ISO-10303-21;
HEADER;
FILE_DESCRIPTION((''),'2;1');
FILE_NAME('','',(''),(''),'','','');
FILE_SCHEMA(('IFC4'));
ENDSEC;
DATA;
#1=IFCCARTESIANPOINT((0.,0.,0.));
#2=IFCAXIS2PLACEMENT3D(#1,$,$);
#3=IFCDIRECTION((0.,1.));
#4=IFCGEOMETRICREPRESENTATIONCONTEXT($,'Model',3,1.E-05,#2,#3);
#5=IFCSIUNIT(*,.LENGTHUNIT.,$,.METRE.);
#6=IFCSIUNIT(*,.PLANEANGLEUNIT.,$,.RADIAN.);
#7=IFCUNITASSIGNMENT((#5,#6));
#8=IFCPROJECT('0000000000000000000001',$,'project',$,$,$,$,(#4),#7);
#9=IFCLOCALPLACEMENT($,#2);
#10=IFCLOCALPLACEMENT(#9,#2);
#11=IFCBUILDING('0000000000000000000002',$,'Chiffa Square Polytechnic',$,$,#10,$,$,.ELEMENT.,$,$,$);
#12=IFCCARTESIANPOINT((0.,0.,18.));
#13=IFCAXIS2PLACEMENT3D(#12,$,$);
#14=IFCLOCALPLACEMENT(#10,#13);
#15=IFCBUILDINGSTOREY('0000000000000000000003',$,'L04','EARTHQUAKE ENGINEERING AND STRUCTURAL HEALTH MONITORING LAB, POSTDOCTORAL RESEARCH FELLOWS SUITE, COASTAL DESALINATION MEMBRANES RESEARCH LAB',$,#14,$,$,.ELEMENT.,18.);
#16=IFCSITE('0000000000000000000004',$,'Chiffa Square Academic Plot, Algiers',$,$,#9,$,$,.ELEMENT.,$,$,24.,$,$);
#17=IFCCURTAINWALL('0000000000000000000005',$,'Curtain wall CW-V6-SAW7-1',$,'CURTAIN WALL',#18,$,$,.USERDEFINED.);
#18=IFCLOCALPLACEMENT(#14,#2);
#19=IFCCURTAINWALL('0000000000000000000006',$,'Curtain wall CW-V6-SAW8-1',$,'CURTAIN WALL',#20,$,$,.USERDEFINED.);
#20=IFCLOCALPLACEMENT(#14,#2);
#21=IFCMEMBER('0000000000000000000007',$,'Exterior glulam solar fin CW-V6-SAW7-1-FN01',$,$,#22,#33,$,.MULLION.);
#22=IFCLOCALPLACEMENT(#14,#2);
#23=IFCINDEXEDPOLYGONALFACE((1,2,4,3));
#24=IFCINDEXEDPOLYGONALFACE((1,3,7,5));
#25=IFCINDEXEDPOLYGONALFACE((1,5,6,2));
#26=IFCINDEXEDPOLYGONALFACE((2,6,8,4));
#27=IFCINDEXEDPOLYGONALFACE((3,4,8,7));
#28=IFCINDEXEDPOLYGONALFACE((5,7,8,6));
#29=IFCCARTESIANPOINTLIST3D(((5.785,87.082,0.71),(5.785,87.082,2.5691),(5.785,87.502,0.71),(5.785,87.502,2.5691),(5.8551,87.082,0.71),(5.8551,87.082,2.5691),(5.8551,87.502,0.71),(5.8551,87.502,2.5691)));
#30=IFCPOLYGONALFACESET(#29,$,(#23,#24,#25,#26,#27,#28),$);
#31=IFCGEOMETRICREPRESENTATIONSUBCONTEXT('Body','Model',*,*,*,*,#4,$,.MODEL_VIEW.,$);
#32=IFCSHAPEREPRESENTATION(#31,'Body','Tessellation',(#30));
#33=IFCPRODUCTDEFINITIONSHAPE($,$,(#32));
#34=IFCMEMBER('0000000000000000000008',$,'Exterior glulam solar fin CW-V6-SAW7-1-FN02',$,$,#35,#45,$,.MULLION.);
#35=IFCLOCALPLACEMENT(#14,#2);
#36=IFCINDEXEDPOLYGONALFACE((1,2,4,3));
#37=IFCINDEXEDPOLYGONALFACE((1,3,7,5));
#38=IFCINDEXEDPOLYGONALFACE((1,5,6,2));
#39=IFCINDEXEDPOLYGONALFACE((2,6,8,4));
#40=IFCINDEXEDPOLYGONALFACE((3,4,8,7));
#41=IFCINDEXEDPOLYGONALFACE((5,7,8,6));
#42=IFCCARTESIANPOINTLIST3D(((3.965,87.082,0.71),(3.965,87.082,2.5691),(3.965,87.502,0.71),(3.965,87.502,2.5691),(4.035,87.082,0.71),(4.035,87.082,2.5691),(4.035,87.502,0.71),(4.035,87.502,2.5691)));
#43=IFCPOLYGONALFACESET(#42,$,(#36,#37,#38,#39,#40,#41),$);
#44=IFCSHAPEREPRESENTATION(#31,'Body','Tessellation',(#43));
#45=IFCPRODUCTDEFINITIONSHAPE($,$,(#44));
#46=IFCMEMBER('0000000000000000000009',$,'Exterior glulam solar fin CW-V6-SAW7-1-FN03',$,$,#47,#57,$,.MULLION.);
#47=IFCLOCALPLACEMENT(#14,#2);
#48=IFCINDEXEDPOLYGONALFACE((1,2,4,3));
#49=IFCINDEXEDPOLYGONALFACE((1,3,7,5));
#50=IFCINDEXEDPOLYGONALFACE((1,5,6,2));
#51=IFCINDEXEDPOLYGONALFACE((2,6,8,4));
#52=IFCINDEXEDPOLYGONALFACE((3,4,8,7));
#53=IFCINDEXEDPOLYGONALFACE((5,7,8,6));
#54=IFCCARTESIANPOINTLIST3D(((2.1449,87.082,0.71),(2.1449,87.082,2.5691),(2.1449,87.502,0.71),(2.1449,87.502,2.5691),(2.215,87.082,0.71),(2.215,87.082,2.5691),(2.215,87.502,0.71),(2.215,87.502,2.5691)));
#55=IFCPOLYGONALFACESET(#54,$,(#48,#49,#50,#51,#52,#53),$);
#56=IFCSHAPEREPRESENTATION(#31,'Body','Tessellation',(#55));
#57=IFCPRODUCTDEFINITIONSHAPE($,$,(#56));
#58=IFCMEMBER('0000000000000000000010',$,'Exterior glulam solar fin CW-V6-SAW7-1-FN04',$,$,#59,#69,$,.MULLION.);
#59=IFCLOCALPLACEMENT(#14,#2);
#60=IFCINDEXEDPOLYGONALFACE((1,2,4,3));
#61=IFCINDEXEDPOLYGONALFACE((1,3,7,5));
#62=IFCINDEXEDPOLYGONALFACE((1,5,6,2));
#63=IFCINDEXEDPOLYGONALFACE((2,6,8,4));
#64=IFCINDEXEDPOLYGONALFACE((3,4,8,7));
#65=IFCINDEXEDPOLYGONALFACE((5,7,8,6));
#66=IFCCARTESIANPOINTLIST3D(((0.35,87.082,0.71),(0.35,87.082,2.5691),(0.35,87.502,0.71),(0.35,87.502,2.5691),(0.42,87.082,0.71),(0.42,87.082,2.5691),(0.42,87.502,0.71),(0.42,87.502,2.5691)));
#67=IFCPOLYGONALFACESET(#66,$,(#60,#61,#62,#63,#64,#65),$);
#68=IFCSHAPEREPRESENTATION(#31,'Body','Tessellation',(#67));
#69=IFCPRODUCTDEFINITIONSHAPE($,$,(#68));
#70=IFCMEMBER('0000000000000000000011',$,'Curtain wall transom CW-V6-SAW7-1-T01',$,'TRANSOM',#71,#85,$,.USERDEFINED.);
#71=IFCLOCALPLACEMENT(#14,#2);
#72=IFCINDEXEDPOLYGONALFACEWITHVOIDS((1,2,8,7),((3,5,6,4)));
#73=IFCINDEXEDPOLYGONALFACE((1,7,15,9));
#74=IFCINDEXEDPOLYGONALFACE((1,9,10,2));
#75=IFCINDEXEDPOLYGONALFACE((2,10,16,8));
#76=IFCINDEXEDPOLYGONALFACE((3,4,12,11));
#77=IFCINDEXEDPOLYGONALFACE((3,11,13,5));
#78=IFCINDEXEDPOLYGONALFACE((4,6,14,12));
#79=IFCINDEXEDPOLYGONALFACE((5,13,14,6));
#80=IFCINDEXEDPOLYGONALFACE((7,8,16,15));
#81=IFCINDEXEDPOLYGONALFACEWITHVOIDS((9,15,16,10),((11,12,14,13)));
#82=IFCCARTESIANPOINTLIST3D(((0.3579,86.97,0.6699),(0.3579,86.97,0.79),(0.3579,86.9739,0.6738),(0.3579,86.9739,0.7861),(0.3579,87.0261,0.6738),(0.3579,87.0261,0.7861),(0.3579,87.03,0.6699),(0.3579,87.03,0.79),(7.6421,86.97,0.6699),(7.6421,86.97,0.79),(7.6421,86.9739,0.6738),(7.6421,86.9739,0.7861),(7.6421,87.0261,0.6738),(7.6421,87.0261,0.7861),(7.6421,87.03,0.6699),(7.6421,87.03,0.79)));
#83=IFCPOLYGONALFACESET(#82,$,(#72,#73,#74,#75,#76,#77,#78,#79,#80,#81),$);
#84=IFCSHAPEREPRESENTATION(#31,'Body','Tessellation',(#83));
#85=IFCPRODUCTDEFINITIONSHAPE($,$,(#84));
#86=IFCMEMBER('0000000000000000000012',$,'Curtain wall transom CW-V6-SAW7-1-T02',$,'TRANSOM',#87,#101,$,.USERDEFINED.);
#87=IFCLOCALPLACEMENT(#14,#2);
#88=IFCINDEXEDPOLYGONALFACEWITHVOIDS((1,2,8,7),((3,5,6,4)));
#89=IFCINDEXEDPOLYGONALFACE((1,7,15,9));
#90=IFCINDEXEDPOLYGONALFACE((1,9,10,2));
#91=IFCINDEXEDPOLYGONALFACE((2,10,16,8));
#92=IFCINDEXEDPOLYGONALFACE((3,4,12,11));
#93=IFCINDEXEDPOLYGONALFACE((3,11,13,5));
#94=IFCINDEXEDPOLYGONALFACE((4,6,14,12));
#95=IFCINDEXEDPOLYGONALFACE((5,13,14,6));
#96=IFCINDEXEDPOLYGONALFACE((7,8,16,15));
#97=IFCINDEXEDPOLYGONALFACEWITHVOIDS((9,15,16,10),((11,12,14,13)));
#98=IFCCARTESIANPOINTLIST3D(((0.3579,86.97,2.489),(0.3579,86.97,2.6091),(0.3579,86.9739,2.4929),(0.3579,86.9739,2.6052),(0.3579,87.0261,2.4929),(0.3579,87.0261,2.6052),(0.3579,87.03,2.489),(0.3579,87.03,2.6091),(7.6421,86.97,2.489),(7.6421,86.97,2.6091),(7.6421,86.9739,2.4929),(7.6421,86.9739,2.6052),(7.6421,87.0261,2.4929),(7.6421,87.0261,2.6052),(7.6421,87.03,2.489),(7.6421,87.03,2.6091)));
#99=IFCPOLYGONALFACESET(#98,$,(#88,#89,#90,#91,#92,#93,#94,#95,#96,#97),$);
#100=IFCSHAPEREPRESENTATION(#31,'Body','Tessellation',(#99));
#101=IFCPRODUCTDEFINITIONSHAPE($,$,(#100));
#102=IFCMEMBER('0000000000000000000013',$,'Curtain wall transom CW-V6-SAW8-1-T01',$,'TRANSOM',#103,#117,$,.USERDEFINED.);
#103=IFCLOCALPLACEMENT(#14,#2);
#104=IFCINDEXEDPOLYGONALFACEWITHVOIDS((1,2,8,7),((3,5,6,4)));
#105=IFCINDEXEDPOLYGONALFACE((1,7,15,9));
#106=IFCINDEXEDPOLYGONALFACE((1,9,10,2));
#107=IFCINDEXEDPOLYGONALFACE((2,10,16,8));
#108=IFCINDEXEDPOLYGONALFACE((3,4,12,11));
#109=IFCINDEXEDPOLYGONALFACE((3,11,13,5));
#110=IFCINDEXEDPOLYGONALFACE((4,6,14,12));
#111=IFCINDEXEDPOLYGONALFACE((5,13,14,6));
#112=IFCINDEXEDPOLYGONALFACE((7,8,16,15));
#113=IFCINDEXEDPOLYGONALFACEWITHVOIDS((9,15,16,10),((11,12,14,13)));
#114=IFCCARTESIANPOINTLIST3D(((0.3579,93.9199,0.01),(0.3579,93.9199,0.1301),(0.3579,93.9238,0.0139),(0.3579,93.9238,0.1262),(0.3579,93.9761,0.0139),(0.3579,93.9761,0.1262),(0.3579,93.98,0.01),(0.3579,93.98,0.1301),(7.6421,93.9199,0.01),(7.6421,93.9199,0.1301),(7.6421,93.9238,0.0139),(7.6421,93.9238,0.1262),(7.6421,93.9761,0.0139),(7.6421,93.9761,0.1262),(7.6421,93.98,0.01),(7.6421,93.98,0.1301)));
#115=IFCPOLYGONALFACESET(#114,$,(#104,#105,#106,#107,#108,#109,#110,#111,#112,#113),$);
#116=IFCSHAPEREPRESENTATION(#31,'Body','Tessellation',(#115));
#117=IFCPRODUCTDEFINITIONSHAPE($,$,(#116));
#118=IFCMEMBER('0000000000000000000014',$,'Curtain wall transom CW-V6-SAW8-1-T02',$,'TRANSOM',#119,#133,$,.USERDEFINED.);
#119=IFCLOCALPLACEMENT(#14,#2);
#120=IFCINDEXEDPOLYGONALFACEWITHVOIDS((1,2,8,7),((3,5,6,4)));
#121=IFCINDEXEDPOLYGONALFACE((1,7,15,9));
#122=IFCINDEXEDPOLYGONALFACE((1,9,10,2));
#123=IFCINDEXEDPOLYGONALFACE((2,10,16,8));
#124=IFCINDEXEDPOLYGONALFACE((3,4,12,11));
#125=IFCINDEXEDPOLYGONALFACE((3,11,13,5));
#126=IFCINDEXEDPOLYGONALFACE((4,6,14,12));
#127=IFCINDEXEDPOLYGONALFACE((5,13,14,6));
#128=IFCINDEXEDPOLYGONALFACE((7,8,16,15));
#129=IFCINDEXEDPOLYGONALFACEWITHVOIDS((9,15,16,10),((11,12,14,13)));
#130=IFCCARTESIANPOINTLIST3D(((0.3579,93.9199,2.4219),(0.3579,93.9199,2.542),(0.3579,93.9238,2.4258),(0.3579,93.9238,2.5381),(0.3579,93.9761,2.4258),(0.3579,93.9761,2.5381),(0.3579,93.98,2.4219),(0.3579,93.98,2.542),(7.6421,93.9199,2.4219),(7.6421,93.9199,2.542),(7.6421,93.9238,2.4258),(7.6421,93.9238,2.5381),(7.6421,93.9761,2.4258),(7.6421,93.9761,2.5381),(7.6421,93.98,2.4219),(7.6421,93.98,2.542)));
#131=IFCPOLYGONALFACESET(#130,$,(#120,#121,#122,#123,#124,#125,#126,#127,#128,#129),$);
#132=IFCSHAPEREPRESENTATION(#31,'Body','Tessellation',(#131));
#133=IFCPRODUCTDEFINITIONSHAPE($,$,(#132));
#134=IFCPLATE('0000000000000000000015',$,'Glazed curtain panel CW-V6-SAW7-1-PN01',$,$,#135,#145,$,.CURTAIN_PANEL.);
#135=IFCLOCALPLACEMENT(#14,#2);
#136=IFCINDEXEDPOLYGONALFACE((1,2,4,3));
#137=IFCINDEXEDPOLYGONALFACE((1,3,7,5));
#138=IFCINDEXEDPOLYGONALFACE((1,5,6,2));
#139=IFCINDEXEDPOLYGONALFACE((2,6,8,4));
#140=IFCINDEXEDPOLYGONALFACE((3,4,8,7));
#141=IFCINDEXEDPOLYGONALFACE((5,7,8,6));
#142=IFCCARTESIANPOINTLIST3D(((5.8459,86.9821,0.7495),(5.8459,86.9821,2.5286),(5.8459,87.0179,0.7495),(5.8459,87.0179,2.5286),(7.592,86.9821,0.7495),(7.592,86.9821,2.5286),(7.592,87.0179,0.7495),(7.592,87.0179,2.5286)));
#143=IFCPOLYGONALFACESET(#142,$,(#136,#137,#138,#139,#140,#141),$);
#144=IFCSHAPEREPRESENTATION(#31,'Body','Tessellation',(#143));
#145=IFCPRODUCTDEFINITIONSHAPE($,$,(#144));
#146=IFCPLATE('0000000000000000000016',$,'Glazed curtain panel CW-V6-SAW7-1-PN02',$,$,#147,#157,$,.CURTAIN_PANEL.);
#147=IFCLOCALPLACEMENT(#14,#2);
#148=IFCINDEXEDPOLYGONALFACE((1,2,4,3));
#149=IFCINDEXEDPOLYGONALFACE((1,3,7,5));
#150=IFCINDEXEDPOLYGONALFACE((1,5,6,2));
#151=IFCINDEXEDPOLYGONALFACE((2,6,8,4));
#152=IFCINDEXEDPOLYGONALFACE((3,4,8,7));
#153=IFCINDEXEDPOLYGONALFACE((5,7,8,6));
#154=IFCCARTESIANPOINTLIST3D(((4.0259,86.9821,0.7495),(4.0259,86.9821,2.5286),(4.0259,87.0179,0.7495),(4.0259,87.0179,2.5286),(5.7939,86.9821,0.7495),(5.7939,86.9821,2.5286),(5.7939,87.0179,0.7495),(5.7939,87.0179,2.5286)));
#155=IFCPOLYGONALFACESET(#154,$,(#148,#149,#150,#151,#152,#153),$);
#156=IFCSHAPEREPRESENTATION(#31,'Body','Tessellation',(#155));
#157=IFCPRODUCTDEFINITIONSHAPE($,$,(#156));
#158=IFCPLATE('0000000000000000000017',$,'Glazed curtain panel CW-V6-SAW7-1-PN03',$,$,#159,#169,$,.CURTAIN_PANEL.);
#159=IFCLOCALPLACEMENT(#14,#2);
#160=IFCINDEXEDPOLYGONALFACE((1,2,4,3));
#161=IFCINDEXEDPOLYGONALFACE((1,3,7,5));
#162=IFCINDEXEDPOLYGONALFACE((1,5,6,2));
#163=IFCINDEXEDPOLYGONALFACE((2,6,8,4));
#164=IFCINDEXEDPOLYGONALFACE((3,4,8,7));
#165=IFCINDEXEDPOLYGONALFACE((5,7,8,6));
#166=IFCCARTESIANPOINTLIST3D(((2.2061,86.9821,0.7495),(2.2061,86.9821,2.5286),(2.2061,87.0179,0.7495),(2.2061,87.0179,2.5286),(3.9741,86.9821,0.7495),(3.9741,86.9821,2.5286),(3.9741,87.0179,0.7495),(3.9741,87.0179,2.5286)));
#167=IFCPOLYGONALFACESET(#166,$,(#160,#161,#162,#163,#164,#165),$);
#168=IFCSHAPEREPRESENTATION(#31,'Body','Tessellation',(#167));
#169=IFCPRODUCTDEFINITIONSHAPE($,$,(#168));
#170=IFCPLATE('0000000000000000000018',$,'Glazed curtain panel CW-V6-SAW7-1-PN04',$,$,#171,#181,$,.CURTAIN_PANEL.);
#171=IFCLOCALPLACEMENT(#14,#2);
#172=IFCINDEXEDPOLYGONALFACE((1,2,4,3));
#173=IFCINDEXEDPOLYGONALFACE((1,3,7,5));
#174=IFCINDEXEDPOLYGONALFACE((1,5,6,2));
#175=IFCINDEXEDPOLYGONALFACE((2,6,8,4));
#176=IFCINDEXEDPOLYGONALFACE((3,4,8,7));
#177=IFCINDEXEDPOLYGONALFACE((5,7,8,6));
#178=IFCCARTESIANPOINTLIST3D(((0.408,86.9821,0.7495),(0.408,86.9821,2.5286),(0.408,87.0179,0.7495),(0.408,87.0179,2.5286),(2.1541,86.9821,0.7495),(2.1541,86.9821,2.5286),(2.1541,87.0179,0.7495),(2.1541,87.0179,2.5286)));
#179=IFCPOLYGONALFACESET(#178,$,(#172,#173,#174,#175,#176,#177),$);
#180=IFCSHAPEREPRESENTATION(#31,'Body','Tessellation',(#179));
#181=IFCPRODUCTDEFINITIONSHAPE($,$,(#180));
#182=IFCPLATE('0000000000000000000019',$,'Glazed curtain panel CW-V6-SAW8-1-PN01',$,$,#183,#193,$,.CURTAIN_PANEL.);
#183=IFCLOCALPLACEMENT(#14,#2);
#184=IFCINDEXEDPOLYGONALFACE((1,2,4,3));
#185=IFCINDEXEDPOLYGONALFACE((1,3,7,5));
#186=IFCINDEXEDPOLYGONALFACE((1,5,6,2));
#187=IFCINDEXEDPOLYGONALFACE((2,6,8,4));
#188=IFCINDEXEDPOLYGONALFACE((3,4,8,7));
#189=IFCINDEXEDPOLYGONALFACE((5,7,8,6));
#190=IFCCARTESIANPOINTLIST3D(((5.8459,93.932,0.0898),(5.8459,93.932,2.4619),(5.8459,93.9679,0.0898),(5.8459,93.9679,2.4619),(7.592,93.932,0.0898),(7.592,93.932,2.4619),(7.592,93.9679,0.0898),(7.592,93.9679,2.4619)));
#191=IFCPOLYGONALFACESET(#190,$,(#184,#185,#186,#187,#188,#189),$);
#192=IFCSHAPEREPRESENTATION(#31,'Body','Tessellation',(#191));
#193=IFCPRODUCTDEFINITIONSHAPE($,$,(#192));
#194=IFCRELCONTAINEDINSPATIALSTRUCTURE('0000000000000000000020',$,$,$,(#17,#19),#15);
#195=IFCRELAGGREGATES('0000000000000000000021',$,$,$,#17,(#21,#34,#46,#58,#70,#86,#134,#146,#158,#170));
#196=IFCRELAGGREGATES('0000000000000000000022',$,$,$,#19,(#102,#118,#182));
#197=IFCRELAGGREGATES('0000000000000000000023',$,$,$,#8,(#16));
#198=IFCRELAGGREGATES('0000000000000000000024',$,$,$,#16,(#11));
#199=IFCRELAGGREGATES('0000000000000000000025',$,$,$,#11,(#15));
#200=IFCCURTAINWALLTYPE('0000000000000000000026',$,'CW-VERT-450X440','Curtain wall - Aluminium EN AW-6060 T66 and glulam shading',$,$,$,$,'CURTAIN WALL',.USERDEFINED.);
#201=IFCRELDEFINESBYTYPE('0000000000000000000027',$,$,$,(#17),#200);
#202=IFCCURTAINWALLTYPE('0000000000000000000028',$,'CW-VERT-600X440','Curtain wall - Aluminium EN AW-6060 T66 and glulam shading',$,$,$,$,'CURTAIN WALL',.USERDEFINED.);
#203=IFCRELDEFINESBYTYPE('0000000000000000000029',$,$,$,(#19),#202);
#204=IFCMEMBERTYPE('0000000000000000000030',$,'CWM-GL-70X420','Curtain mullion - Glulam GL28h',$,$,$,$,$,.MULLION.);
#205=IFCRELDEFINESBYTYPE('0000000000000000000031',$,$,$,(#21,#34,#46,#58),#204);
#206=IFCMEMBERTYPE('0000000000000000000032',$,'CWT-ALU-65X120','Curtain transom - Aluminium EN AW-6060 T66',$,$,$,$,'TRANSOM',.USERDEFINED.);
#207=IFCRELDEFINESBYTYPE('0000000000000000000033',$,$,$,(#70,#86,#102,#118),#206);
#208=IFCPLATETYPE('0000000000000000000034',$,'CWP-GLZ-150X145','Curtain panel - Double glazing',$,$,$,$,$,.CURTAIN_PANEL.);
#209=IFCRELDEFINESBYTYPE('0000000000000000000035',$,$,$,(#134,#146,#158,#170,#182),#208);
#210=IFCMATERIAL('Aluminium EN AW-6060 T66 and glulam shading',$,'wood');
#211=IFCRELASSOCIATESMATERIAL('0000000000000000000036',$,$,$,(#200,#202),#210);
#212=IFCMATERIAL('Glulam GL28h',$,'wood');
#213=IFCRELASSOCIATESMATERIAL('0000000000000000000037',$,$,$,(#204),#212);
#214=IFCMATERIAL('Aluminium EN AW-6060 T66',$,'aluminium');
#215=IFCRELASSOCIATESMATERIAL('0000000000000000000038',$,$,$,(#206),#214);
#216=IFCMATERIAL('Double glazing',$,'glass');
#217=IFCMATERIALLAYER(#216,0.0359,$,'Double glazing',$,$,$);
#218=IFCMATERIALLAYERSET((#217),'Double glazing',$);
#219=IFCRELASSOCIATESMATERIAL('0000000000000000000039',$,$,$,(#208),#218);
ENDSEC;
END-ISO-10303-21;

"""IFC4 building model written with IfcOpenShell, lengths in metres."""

from ifc_helpers import new_model, si_unit, direction, frame, origin, origin_2d, place, context, subcontext, project, spatial, rectangle, hollow_rectangle, extrude, material, layer, layer_set, material_profile, profile_set, type_object, element, aggregate, save


model = new_model("IFC4")

# Units and contexts
model_context = context("Model", 3, precision=1e-05, world=origin(), true_north=direction((0.0, 1.0)))
body_context = subcontext(model_context, "Body", "Model", "MODEL_VIEW")
ifc_project = project(units=[si_unit("LENGTHUNIT", "METRE"), si_unit("PLANEANGLEUNIT", "RADIAN")], contexts=[model_context])

# Site, building, storey
site_placement = place(None, origin())
site = spatial("IfcSite", under=ifc_project, at=site_placement, Name="Chiffa Square Academic Plot, Algiers", CompositionType="ELEMENT", RefElevation=24.0)
building_placement = place(site_placement, origin())
building = spatial("IfcBuilding", under=site, at=building_placement, Name="Chiffa Square Polytechnic", CompositionType="ELEMENT")
storey_placement = place(building_placement, frame((0.0, 0.0, 18.0)))
storey = spatial("IfcBuildingStorey", under=building, at=storey_placement, Name="L04", Description="EARTHQUAKE ENGINEERING AND STRUCTURAL HEALTH MONITORING LAB, POSTDOCTORAL RESEARCH FELLOWS SUITE, COASTAL DESALINATION MEMBRANES RESEARCH LAB", CompositionType="ELEMENT", Elevation=18.0)

# Curtain walls
ifc_material_1 = material(Name="Aluminium EN AW-6060 T66 and glulam shading", Category="wood")
curtain_wall_type_1 = type_object("IfcCurtainWallType", Name="CW-VERT-450X440", Description="Curtain wall - Aluminium EN AW-6060 T66 and glulam shading", ElementType="CURTAIN WALL", PredefinedType="USERDEFINED", material=ifc_material_1)
curtain_wall_1_placement = place(storey_placement, origin())
curtain_wall_1 = element("IfcCurtainWall", 1, at=curtain_wall_1_placement, inside=storey, type_object=curtain_wall_type_1, Name="Curtain wall CW-V6-SAW7-1", ObjectType="CURTAIN WALL", PredefinedType="USERDEFINED")
ifc_material_2 = material(Name="Aluminium EN AW-6060 T66", Category="aluminium")
curtain_wall_type_2 = type_object("IfcCurtainWallType", Name="CW-VERT-600X440", Description="Curtain wall - Aluminium EN AW-6060 T66 and glulam shading", ElementType="CURTAIN WALL", PredefinedType="USERDEFINED", material=ifc_material_1)
curtain_wall_2_placement = place(storey_placement, origin())
curtain_wall_2 = element("IfcCurtainWall", 2, at=curtain_wall_2_placement, inside=storey, type_object=curtain_wall_type_2, Name="Curtain wall CW-V6-SAW8-1", ObjectType="CURTAIN WALL", PredefinedType="USERDEFINED")

# Members
ifc_material_3 = material(Name="Glulam GL28h", Category="wood")
ifc_material_profile_1 = material_profile(ifc_material_3, rectangle(XDim=0.0701, YDim=0.4199, at=origin_2d()), Name="GL28h 70x420")
ifc_profile_set_1 = profile_set([ifc_material_profile_1], Name="Glulam GL28h")
member_type_1 = type_object("IfcMemberType", Name="CWM-GL-70X420", Description="Curtain mullion - Glulam GL28h", PredefinedType="MULLION", material=ifc_profile_set_1)
member_1_placement = place(storey_placement, frame((5.8201, 87.292, 0.71), z_axis=(0.0, 0.0, 1.0), x_axis=(-1.0, 0.0, 0.0)))
member_1 = element("IfcMember", 3, at=member_1_placement, type_object=member_type_1, Name="Exterior glulam solar fin CW-V6-SAW7-1-FN01", PredefinedType="MULLION", context=body_context, shape_type="SweptSolid", body=[
    extrude(rectangle(XDim=0.0701, YDim=0.4199, at=origin_2d()), origin(), (0.0, 0.0, 1.0), 1.8591),
])
member_2_placement = place(storey_placement, frame((4.0, 87.292, 0.71), z_axis=(0.0, 0.0, 1.0), x_axis=(-1.0, 0.0, 0.0)))
member_2 = element("IfcMember", 4, at=member_2_placement, type_object=member_type_1, Name="Exterior glulam solar fin CW-V6-SAW7-1-FN02", PredefinedType="MULLION", context=body_context, shape_type="SweptSolid", body=[
    extrude(rectangle(XDim=0.0701, YDim=0.4199, at=origin_2d()), origin(), (0.0, 0.0, 1.0), 1.8591),
])
member_3_placement = place(storey_placement, frame((2.1799, 87.292, 0.71), z_axis=(0.0, 0.0, 1.0), x_axis=(-1.0, 0.0, 0.0)))
member_3 = element("IfcMember", 5, at=member_3_placement, type_object=member_type_1, Name="Exterior glulam solar fin CW-V6-SAW7-1-FN03", PredefinedType="MULLION", context=body_context, shape_type="SweptSolid", body=[
    extrude(rectangle(XDim=0.0701, YDim=0.4199, at=origin_2d()), origin(), (0.0, 0.0, 1.0), 1.8591),
])
member_4_placement = place(storey_placement, frame((0.385, 87.292, 0.71), z_axis=(0.0, 0.0, 1.0), x_axis=(-1.0, 0.0, 0.0)))
member_4 = element("IfcMember", 6, at=member_4_placement, type_object=member_type_1, Name="Exterior glulam solar fin CW-V6-SAW7-1-FN04", PredefinedType="MULLION", context=body_context, shape_type="SweptSolid", body=[
    extrude(rectangle(XDim=0.0701, YDim=0.4199, at=origin_2d()), origin(), (0.0, 0.0, 1.0), 1.8591),
])
ifc_material_profile_2 = material_profile(ifc_material_2, hollow_rectangle(XDim=0.0601, YDim=0.1201, WallThickness=0.0039, at=origin_2d()), Name="ALU 60x120x4")
ifc_profile_set_2 = profile_set([ifc_material_profile_2], Name="Aluminium EN AW-6060 T66")
member_type_2 = type_object("IfcMemberType", Name="CWT-ALU-65X120", Description="Curtain transom - Aluminium EN AW-6060 T66", ElementType="TRANSOM", PredefinedType="USERDEFINED", material=ifc_profile_set_2)
member_5_placement = place(storey_placement, frame((7.6421, 87.0, 0.73), z_axis=(-1.0, 0.0, 0.0), x_axis=(0.0, -1.0, 0.0)))
member_5 = element("IfcMember", 7, at=member_5_placement, type_object=member_type_2, Name="Curtain wall transom CW-V6-SAW7-1-T01", ObjectType="TRANSOM", PredefinedType="USERDEFINED", context=body_context, shape_type="SweptSolid", body=[
    extrude(hollow_rectangle(XDim=0.0601, YDim=0.1201, WallThickness=0.0039, at=origin_2d()), origin(), (0.0, 0.0, 1.0), 7.2842),
])
member_6_placement = place(storey_placement, frame((7.6421, 87.0, 2.5491), z_axis=(-1.0, 0.0, 0.0), x_axis=(0.0, -1.0, 0.0)))
member_6 = element("IfcMember", 8, at=member_6_placement, type_object=member_type_2, Name="Curtain wall transom CW-V6-SAW7-1-T02", ObjectType="TRANSOM", PredefinedType="USERDEFINED", context=body_context, shape_type="SweptSolid", body=[
    extrude(hollow_rectangle(XDim=0.0601, YDim=0.1201, WallThickness=0.0039, at=origin_2d()), origin(), (0.0, 0.0, 1.0), 7.2842),
])
member_7_placement = place(storey_placement, frame((7.6421, 93.95, 0.0701), z_axis=(-1.0, 0.0, 0.0), x_axis=(0.0, -1.0, 0.0)))
member_7 = element("IfcMember", 9, at=member_7_placement, type_object=member_type_2, Name="Curtain wall transom CW-V6-SAW8-1-T01", ObjectType="TRANSOM", PredefinedType="USERDEFINED", context=body_context, shape_type="SweptSolid", body=[
    extrude(hollow_rectangle(XDim=0.0601, YDim=0.1201, WallThickness=0.0039, at=origin_2d()), origin(), (0.0, 0.0, 1.0), 7.2842),
])
member_8_placement = place(storey_placement, frame((7.6421, 93.95, 2.4819), z_axis=(-1.0, 0.0, 0.0), x_axis=(0.0, -1.0, 0.0)))
member_8 = element("IfcMember", 10, at=member_8_placement, type_object=member_type_2, Name="Curtain wall transom CW-V6-SAW8-1-T02", ObjectType="TRANSOM", PredefinedType="USERDEFINED", context=body_context, shape_type="SweptSolid", body=[
    extrude(hollow_rectangle(XDim=0.0601, YDim=0.1201, WallThickness=0.0039, at=origin_2d()), origin(), (0.0, 0.0, 1.0), 7.2842),
])

# Plates
ifc_material_4 = material(Name="Double glazing", Category="glass")
ifc_layer_1 = layer(ifc_material_4, 0.0359, Name="Double glazing")
ifc_layer_set_1 = layer_set([ifc_layer_1], Name="Double glazing")
plate_type = type_object("IfcPlateType", Name="CWP-GLZ-150X145", Description="Curtain panel - Double glazing", PredefinedType="CURTAIN_PANEL", material=ifc_layer_set_1)
plate_1_placement = place(storey_placement, frame((6.719, 87.0, 0.7495), z_axis=(0.0, 0.0, 1.0), x_axis=(-1.0, 0.0, 0.0)))
plate_1 = element("IfcPlate", 11, at=plate_1_placement, type_object=plate_type, Name="Glazed curtain panel CW-V6-SAW7-1-PN01", PredefinedType="CURTAIN_PANEL", context=body_context, shape_type="SweptSolid", body=[
    extrude(rectangle(XDim=1.7461, YDim=0.0359, at=origin_2d()), origin(), (0.0, 0.0, 1.0), 1.7791),
])
plate_2_placement = place(storey_placement, frame((4.9099, 87.0, 0.7495), z_axis=(0.0, 0.0, 1.0), x_axis=(-1.0, 0.0, 0.0)))
plate_2 = element("IfcPlate", 12, at=plate_2_placement, type_object=plate_type, Name="Glazed curtain panel CW-V6-SAW7-1-PN02", PredefinedType="CURTAIN_PANEL", context=body_context, shape_type="SweptSolid", body=[
    extrude(rectangle(XDim=1.7681, YDim=0.0359, at=origin_2d()), origin(), (0.0, 0.0, 1.0), 1.7791),
])
plate_3_placement = place(storey_placement, frame((3.0901, 87.0, 0.7495), z_axis=(0.0, 0.0, 1.0), x_axis=(-1.0, 0.0, 0.0)))
plate_3 = element("IfcPlate", 13, at=plate_3_placement, type_object=plate_type, Name="Glazed curtain panel CW-V6-SAW7-1-PN03", PredefinedType="CURTAIN_PANEL", context=body_context, shape_type="SweptSolid", body=[
    extrude(rectangle(XDim=1.7681, YDim=0.0359, at=origin_2d()), origin(), (0.0, 0.0, 1.0), 1.7791),
])
plate_4_placement = place(storey_placement, frame((1.281, 87.0, 0.7495), z_axis=(0.0, 0.0, 1.0), x_axis=(-1.0, 0.0, 0.0)))
plate_4 = element("IfcPlate", 14, at=plate_4_placement, type_object=plate_type, Name="Glazed curtain panel CW-V6-SAW7-1-PN04", PredefinedType="CURTAIN_PANEL", context=body_context, shape_type="SweptSolid", body=[
    extrude(rectangle(XDim=1.7461, YDim=0.0359, at=origin_2d()), origin(), (0.0, 0.0, 1.0), 1.7791),
])
aggregate(curtain_wall_1, [member_1, member_2, member_3, member_4, member_5, member_6, plate_1, plate_2, plate_3, plate_4])
plate_5_placement = place(storey_placement, frame((6.719, 93.95, 0.0898), z_axis=(0.0, 0.0, 1.0), x_axis=(-1.0, 0.0, 0.0)))
plate_5 = element("IfcPlate", 15, at=plate_5_placement, type_object=plate_type, Name="Glazed curtain panel CW-V6-SAW8-1-PN01", PredefinedType="CURTAIN_PANEL", context=body_context, shape_type="SweptSolid", body=[
    extrude(rectangle(XDim=1.7461, YDim=0.0359, at=origin_2d()), origin(), (0.0, 0.0, 1.0), 2.3721),
])
aggregate(curtain_wall_2, [member_7, member_8, plate_5])

save(model, "model.ifc")
